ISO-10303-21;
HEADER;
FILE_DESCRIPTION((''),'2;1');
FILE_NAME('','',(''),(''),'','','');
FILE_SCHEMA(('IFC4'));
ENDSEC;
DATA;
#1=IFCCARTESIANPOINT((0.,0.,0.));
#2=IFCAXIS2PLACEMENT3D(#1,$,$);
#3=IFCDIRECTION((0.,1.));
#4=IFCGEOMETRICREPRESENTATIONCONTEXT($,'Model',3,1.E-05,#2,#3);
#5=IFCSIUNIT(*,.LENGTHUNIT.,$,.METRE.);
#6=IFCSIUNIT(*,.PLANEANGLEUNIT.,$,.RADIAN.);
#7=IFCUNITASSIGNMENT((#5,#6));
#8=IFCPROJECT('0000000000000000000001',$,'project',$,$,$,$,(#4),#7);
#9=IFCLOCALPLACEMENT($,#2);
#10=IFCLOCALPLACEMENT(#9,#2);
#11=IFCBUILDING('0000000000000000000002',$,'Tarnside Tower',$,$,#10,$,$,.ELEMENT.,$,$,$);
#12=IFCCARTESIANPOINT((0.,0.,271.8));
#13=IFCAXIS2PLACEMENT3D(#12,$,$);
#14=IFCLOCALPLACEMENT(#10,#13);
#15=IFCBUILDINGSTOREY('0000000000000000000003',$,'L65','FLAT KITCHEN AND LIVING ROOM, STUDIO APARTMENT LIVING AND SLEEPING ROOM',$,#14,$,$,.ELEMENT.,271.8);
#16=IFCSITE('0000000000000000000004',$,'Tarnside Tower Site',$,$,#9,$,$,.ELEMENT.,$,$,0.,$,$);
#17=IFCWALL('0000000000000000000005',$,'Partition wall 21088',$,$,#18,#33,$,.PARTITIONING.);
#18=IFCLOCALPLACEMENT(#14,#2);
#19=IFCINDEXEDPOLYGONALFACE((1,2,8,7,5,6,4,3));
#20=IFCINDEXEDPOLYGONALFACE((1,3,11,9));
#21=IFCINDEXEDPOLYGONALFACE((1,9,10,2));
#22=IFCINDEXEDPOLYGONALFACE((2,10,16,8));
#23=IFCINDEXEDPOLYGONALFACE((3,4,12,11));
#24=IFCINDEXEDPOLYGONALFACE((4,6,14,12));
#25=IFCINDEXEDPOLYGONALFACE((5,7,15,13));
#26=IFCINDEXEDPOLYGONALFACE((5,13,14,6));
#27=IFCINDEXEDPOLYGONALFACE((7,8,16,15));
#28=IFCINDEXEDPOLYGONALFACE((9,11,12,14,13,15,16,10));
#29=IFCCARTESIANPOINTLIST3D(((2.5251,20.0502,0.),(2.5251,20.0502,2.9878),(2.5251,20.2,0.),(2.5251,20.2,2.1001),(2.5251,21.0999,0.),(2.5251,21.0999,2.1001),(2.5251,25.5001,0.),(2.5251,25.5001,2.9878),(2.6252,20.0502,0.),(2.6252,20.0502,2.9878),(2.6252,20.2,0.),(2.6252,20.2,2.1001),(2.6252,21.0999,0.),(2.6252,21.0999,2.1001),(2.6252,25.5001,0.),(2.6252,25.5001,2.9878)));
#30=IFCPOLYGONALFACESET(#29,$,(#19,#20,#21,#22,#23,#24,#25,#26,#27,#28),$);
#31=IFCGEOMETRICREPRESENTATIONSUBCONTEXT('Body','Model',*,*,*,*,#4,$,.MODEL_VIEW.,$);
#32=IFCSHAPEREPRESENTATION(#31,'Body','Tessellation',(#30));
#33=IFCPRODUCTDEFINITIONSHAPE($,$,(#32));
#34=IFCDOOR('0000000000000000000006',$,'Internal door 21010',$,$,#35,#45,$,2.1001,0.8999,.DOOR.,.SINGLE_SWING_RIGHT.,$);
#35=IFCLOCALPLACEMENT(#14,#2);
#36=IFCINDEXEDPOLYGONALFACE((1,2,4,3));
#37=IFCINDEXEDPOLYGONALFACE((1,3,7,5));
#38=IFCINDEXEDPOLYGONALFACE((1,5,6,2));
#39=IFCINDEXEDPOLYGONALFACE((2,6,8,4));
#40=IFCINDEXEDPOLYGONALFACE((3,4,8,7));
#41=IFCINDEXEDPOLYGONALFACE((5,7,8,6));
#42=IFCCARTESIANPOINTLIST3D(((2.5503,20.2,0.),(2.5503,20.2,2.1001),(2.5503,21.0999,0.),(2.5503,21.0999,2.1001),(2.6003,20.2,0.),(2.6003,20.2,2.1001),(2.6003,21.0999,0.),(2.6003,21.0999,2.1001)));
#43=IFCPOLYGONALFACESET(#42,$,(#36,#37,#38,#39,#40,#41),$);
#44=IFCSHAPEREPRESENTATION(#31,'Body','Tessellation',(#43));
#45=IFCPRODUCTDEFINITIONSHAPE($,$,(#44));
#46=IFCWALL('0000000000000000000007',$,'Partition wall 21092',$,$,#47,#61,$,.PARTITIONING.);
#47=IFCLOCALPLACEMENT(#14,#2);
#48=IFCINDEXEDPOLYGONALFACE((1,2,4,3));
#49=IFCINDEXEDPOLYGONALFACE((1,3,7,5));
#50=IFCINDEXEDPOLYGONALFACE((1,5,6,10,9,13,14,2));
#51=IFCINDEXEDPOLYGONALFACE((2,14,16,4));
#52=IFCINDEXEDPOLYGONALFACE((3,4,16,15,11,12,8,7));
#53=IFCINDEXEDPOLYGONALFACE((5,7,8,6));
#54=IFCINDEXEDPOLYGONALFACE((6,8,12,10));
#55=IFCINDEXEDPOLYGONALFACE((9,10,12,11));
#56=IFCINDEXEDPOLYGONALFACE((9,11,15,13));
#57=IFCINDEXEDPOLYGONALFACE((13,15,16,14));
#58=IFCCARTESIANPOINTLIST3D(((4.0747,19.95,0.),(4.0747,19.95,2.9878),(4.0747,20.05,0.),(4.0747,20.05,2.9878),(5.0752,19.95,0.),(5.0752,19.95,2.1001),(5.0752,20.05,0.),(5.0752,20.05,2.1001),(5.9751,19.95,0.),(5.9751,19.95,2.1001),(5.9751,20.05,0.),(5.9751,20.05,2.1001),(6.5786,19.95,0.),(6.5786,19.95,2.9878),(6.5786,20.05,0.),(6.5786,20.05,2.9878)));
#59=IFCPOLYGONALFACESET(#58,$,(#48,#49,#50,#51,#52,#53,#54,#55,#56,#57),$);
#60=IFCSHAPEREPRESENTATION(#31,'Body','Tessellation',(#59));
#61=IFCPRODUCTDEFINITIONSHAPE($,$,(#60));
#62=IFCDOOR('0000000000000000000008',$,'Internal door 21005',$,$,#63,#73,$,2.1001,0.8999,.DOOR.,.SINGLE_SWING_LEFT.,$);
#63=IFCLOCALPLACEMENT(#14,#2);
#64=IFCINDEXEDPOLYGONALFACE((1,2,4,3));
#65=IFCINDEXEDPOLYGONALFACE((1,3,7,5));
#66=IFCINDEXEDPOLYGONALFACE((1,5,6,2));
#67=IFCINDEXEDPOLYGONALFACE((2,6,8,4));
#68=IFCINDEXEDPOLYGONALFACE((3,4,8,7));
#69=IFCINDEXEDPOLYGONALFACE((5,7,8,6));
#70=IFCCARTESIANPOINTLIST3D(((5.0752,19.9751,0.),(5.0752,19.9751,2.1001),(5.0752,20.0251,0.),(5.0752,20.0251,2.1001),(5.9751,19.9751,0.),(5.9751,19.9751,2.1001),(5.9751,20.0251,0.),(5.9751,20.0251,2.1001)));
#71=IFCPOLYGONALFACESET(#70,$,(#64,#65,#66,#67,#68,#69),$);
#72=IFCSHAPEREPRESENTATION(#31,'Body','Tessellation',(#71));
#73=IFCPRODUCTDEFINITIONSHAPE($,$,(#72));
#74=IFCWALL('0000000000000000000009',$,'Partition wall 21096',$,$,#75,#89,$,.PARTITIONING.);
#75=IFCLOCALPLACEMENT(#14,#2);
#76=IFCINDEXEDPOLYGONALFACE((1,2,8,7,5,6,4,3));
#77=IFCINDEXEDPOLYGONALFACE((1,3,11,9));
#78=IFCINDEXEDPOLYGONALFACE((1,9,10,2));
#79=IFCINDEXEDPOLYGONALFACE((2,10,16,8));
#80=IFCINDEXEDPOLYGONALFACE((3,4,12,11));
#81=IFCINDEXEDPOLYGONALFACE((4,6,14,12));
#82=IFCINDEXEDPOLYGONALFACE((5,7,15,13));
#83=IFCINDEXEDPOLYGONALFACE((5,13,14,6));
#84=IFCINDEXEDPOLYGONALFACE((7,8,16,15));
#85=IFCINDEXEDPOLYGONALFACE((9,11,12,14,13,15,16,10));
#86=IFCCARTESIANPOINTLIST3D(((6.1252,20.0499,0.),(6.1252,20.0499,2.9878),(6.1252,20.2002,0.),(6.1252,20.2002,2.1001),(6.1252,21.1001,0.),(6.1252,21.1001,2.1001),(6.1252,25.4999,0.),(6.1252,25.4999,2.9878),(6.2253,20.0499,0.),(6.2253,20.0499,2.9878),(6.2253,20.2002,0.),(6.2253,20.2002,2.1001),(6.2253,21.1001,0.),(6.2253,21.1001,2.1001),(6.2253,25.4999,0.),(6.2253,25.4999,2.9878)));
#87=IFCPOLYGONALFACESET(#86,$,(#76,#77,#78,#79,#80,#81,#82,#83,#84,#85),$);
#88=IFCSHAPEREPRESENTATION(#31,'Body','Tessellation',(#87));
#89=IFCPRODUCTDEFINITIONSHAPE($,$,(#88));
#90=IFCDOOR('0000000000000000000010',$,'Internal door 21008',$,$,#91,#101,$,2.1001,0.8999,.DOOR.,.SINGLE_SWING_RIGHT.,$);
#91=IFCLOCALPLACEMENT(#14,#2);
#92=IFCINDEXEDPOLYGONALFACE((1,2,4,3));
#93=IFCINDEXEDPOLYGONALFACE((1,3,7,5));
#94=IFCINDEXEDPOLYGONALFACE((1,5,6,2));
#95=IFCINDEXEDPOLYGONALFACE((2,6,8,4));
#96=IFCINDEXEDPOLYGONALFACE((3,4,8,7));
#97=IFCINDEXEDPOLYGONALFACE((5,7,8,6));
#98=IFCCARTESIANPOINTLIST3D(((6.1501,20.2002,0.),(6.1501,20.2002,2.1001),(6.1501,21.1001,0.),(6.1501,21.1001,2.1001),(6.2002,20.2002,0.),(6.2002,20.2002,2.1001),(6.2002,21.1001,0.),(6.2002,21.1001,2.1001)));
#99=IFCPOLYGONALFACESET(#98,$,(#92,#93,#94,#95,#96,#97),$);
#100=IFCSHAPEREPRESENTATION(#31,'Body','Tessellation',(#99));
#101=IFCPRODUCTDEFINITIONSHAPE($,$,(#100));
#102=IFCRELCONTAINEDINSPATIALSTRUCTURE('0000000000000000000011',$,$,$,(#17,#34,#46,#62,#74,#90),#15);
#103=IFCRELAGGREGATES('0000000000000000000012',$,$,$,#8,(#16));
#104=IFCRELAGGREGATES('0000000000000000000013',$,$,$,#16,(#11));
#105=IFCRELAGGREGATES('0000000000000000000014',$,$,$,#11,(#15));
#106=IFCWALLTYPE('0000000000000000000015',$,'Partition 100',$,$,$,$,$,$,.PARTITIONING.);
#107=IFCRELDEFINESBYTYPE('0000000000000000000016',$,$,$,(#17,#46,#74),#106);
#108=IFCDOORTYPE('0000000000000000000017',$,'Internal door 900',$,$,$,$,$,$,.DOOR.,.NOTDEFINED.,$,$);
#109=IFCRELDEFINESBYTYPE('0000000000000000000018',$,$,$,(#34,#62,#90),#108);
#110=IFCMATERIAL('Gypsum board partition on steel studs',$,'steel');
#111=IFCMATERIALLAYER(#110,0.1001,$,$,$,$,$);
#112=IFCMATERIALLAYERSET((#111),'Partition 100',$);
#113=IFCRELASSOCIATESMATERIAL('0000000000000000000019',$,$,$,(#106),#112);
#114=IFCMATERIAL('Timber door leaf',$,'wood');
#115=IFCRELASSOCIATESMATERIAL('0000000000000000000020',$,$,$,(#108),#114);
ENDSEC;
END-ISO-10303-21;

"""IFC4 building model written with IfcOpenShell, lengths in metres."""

from ifc_helpers import new_model, si_unit, direction, frame, frame_2d, origin, place, context, subcontext, project, spatial, rectangle, extrude, material, layer, layer_set, type_object, element, fill, save


model = new_model("IFC4")

# Units and contexts
model_context = context("Model", 3, precision=1e-05, world=origin(), true_north=direction((0.0, 1.0)))
body_context = subcontext(model_context, "Body", "Model", "MODEL_VIEW")
ifc_project = project(units=[si_unit("LENGTHUNIT", "METRE"), si_unit("PLANEANGLEUNIT", "RADIAN")], contexts=[model_context])

# Site, building, storey
site_placement = place(None, origin())
site = spatial("IfcSite", under=ifc_project, at=site_placement, Name="Tarnside Tower Site", CompositionType="ELEMENT", RefElevation=0.0)
building_placement = place(site_placement, origin())
building = spatial("IfcBuilding", under=site, at=building_placement, Name="Tarnside Tower", CompositionType="ELEMENT")
storey_placement = place(building_placement, frame((0.0, 0.0, 271.8)))
storey = spatial("IfcBuildingStorey", under=building, at=storey_placement, Name="L65", Description="FLAT KITCHEN AND LIVING ROOM, STUDIO APARTMENT LIVING AND SLEEPING ROOM", CompositionType="ELEMENT", Elevation=271.8)

# Shared definitions
ifc_material_1 = material(Name="Gypsum board partition on steel studs", Category="steel")

# Shared definitions
ifc_material_2 = material(Name="Timber door leaf", Category="wood")

# Walls, openings, doors
ifc_layer_1 = layer(ifc_material_1, 0.1001)
ifc_layer_set_1 = layer_set([ifc_layer_1], Name="Partition 100")
wall_type_1 = type_object("IfcWallType", Name="Partition 100", PredefinedType="PARTITIONING", material=ifc_layer_set_1)
wall_1_placement = place(storey_placement, frame((2.5752, 20.05, 0.0), z_axis=(0.0, 0.0, 1.0), x_axis=(0.0, 1.0, 0.0)))
wall_1 = element("IfcWall", 1, at=wall_1_placement, inside=storey, type_object=wall_type_1, Name="Partition wall 21088", PredefinedType="PARTITIONING", context=body_context, shape_type="SweptSolid", body=[
    extrude(rectangle(XDim=5.45, YDim=0.1001, at=frame_2d((2.7251, 0.0))), origin(), (0.0, 0.0, 1.0), 2.9878),
])
opening_1_placement = place(wall_1_placement, frame((0.1499, 0.0, 0.0)))
opening_1 = element("IfcOpeningElement", 2, at=opening_1_placement, cuts=wall_1, PredefinedType="OPENING", context=body_context, shape_type="SweptSolid", body=[
    extrude(rectangle(XDim=0.8999, YDim=2.1001, at=frame_2d((0.45, 1.05))), frame((0.0, 0.0601, 0.0), z_axis=(0.0, -1.0, 0.0), x_axis=(1.0, 0.0, 0.0)), (0.0, 0.0, 1.0), 0.1201),
])
door_type_1 = type_object("IfcDoorType", Name="Internal door 900", OperationType="NOTDEFINED", PredefinedType="DOOR", material=ifc_material_2)
door_1_placement = place(opening_1_placement, origin())
door_1 = element("IfcDoor", 3, at=door_1_placement, inside=storey, type_object=door_type_1, Name="Internal door 21010", OperationType="SINGLE_SWING_RIGHT", OverallHeight=2.1001, OverallWidth=0.8999, PredefinedType="DOOR", context=body_context, shape_type="SweptSolid", body=[
    extrude(rectangle(XDim=0.8999, YDim=2.1001, at=frame_2d((0.45, 1.05))), frame((0.0, 0.0249, 0.0), z_axis=(0.0, -1.0, 0.0), x_axis=(1.0, 0.0, 0.0)), (0.0, 0.0, 1.0), 0.05),
])
fill(opening_1, door_1)
wall_2_placement = place(storey_placement, frame((6.5786, 20.0, 0.0), z_axis=(0.0, 0.0, 1.0), x_axis=(-1.0, 0.0, 0.0)))
wall_2 = element("IfcWall", 4, at=wall_2_placement, inside=storey, type_object=wall_type_1, Name="Partition wall 21092", PredefinedType="PARTITIONING", context=body_context, shape_type="SweptSolid", body=[
    extrude(rectangle(XDim=2.5039, YDim=0.1001, at=frame_2d((1.252, 0.0))), origin(), (0.0, 0.0, 1.0), 2.9878),
])
opening_2_placement = place(wall_2_placement, frame((0.6035, 0.0, 0.0)))
opening_2 = element("IfcOpeningElement", 5, at=opening_2_placement, cuts=wall_2, PredefinedType="OPENING", context=body_context, shape_type="SweptSolid", body=[
    extrude(rectangle(XDim=0.8999, YDim=2.1001, at=frame_2d((0.45, 1.05))), frame((0.0, 0.0601, 0.0), z_axis=(0.0, -1.0, 0.0), x_axis=(1.0, 0.0, 0.0)), (0.0, 0.0, 1.0), 0.1201),
])
door_2_placement = place(opening_2_placement, origin())
door_2 = element("IfcDoor", 6, at=door_2_placement, inside=storey, type_object=door_type_1, Name="Internal door 21005", OperationType="SINGLE_SWING_LEFT", OverallHeight=2.1001, OverallWidth=0.8999, PredefinedType="DOOR", context=body_context, shape_type="SweptSolid", body=[
    extrude(rectangle(XDim=0.8999, YDim=2.1001, at=frame_2d((0.45, 1.05))), frame((0.0, 0.0249, 0.0), z_axis=(0.0, -1.0, 0.0), x_axis=(1.0, 0.0, 0.0)), (0.0, 0.0, 1.0), 0.05),
])
fill(opening_2, door_2)
wall_3_placement = place(storey_placement, frame((6.1753, 25.5, 0.0), z_axis=(0.0, 0.0, 1.0), x_axis=(0.0, -1.0, 0.0)))
wall_3 = element("IfcWall", 7, at=wall_3_placement, inside=storey, type_object=wall_type_1, Name="Partition wall 21096", PredefinedType="PARTITIONING", context=body_context, shape_type="SweptSolid", body=[
    extrude(rectangle(XDim=5.45, YDim=0.1001, at=frame_2d((2.7251, 0.0))), origin(), (0.0, 0.0, 1.0), 2.9878),
])
opening_3_placement = place(wall_3_placement, frame((4.3999, 0.0, 0.0)))
opening_3 = element("IfcOpeningElement", 8, at=opening_3_placement, cuts=wall_3, PredefinedType="OPENING", context=body_context, shape_type="SweptSolid", body=[
    extrude(rectangle(XDim=0.8999, YDim=2.1001, at=frame_2d((0.45, 1.05))), frame((0.0, 0.0601, 0.0), z_axis=(0.0, -1.0, 0.0), x_axis=(1.0, 0.0, 0.0)), (0.0, 0.0, 1.0), 0.1201),
])
door_3_placement = place(opening_3_placement, origin())
door_3 = element("IfcDoor", 9, at=door_3_placement, inside=storey, type_object=door_type_1, Name="Internal door 21008", OperationType="SINGLE_SWING_RIGHT", OverallHeight=2.1001, OverallWidth=0.8999, PredefinedType="DOOR", context=body_context, shape_type="SweptSolid", body=[
    extrude(rectangle(XDim=0.8999, YDim=2.1001, at=frame_2d((0.45, 1.05))), frame((0.0, 0.0249, 0.0), z_axis=(0.0, -1.0, 0.0), x_axis=(1.0, 0.0, 0.0)), (0.0, 0.0, 1.0), 0.05),
])
fill(opening_3, door_3)

save(model, "model.ifc")
